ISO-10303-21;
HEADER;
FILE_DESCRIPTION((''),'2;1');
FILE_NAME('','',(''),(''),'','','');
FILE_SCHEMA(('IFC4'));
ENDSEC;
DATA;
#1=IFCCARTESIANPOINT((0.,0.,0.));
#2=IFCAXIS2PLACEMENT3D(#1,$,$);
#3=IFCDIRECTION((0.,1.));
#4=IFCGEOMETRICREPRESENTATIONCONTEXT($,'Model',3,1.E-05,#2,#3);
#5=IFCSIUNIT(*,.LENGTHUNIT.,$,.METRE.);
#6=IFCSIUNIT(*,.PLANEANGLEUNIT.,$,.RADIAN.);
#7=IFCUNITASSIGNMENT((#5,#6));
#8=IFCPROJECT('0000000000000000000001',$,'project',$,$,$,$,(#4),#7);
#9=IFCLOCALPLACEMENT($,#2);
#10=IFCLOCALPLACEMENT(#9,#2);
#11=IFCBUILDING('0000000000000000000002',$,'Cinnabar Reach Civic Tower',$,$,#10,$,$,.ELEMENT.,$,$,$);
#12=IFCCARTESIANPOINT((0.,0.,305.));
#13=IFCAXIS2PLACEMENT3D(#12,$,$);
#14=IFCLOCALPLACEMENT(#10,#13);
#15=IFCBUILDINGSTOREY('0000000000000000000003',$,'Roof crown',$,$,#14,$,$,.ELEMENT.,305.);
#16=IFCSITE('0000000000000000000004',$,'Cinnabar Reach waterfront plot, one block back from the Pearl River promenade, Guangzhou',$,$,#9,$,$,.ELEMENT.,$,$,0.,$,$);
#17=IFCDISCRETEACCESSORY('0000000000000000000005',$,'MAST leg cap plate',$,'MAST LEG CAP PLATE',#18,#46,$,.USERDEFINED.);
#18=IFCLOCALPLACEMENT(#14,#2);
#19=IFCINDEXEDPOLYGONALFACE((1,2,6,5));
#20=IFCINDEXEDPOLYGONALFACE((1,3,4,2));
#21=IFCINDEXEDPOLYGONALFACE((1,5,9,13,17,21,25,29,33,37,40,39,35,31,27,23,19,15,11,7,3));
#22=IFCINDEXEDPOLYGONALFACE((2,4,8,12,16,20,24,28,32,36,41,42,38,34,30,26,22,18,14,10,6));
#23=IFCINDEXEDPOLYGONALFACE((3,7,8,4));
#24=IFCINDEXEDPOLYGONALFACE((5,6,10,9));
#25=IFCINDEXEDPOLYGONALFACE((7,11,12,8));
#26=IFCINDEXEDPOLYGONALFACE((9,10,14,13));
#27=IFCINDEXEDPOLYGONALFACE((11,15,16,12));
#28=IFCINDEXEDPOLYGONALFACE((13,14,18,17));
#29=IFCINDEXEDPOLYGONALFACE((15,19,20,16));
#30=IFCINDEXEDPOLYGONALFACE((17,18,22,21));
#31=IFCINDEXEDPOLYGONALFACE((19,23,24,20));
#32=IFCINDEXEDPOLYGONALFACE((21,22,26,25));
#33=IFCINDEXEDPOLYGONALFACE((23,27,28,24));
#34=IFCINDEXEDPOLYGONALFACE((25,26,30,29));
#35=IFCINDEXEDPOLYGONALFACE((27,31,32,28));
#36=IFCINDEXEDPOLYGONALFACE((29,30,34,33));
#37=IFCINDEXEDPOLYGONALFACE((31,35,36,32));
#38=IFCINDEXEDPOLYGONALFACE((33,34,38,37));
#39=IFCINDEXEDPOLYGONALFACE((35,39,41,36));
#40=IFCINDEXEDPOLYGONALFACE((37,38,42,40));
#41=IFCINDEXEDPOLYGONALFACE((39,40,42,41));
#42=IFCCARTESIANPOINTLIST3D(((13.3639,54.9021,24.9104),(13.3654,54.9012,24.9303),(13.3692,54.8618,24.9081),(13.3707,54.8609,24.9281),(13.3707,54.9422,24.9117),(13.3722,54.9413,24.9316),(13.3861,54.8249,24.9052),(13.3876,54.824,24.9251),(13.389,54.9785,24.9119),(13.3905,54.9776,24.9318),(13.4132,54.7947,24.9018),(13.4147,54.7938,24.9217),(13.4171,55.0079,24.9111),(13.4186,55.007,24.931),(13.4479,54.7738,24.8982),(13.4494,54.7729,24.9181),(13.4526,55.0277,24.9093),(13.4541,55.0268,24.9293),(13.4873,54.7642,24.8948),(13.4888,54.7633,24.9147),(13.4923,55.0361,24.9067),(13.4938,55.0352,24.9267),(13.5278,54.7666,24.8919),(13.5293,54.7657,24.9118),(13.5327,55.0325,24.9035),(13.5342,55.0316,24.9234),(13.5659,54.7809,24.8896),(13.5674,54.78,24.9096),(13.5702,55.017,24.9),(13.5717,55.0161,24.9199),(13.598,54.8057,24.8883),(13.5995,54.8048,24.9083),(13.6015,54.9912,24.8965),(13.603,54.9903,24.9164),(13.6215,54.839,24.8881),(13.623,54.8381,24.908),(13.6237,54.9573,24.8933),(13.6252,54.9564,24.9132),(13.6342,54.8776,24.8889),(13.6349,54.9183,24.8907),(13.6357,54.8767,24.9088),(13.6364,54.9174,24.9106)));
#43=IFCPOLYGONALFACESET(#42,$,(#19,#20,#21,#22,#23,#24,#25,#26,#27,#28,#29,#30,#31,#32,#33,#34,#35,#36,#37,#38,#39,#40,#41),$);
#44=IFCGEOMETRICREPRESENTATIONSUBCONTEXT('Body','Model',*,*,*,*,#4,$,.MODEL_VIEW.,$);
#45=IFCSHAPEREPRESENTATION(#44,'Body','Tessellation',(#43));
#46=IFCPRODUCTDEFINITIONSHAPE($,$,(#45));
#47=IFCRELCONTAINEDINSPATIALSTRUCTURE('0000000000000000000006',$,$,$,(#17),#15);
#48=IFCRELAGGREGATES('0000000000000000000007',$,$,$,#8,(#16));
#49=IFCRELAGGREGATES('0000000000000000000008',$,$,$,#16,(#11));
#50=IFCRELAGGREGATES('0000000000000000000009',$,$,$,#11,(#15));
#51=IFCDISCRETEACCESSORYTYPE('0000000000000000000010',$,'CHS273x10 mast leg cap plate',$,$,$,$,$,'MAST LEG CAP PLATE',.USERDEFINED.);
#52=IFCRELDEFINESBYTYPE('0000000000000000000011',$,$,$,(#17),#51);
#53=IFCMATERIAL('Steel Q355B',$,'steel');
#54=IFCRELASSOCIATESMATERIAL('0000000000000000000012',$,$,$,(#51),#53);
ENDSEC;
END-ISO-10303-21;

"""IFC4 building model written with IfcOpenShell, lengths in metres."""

from ifc_helpers import new_model, si_unit, direction, frame, origin, origin_2d, place, context, subcontext, project, spatial, circle, extrude, material, material_profile, profile_set, type_object, element, save


model = new_model("IFC4")

# Units and contexts
model_context = context("Model", 3, precision=1e-05, world=origin(), true_north=direction((0.0, 1.0)))
body_context = subcontext(model_context, "Body", "Model", "MODEL_VIEW")
ifc_project = project(units=[si_unit("LENGTHUNIT", "METRE"), si_unit("PLANEANGLEUNIT", "RADIAN")], contexts=[model_context])

# Site, building, storey
site_placement = place(None, origin())
site = spatial("IfcSite", under=ifc_project, at=site_placement, Name="Cinnabar Reach waterfront plot, one block back from the Pearl River promenade, Guangzhou", CompositionType="ELEMENT", RefElevation=0.0)
building_placement = place(site_placement, origin())
building = spatial("IfcBuilding", under=site, at=building_placement, Name="Cinnabar Reach Civic Tower", CompositionType="ELEMENT")
storey_placement = place(building_placement, frame((0.0, 0.0, 305.0)))
storey = spatial("IfcBuildingStorey", under=building, at=storey_placement, Name="Roof crown", CompositionType="ELEMENT", Elevation=305.0)

# Shared definitions
ifc_material = material(Name="Steel Q355B", Category="steel")

# Discrete accessory
ifc_material_profile_1 = material_profile(ifc_material, circle(Radius=0.1365, at=origin_2d()), Name="CHS273x10 mast leg cap plate")
ifc_profile_set_1 = profile_set([ifc_material_profile_1], Name="Steel Q355B")
discrete_accessory_type = type_object("IfcDiscreteAccessoryType", Name="CHS273x10 mast leg cap plate", ElementType="MAST LEG CAP PLATE", PredefinedType="USERDEFINED", material=ifc_profile_set_1)
for number, where, z_axis, x_axis, name in (
    (1, (13.5, 54.9, 24.9), (0.075087, -0.045052, 0.996159), (0.514496, 0.857493, 0.0), "MAST leg cap plate"),
):
    element("IfcDiscreteAccessory", number, at=place(storey_placement, frame(where, z_axis=z_axis, x_axis=x_axis)), inside=storey, type_object=discrete_accessory_type, Name=name, ObjectType="MAST LEG CAP PLATE", PredefinedType="USERDEFINED", context=body_context, shape_type="SweptSolid", body=[
        extrude(circle(Radius=0.1365, at=origin_2d()), origin(), (0.0, 0.0, 1.0), 0.02),
    ])

save(model, "model.ifc")
